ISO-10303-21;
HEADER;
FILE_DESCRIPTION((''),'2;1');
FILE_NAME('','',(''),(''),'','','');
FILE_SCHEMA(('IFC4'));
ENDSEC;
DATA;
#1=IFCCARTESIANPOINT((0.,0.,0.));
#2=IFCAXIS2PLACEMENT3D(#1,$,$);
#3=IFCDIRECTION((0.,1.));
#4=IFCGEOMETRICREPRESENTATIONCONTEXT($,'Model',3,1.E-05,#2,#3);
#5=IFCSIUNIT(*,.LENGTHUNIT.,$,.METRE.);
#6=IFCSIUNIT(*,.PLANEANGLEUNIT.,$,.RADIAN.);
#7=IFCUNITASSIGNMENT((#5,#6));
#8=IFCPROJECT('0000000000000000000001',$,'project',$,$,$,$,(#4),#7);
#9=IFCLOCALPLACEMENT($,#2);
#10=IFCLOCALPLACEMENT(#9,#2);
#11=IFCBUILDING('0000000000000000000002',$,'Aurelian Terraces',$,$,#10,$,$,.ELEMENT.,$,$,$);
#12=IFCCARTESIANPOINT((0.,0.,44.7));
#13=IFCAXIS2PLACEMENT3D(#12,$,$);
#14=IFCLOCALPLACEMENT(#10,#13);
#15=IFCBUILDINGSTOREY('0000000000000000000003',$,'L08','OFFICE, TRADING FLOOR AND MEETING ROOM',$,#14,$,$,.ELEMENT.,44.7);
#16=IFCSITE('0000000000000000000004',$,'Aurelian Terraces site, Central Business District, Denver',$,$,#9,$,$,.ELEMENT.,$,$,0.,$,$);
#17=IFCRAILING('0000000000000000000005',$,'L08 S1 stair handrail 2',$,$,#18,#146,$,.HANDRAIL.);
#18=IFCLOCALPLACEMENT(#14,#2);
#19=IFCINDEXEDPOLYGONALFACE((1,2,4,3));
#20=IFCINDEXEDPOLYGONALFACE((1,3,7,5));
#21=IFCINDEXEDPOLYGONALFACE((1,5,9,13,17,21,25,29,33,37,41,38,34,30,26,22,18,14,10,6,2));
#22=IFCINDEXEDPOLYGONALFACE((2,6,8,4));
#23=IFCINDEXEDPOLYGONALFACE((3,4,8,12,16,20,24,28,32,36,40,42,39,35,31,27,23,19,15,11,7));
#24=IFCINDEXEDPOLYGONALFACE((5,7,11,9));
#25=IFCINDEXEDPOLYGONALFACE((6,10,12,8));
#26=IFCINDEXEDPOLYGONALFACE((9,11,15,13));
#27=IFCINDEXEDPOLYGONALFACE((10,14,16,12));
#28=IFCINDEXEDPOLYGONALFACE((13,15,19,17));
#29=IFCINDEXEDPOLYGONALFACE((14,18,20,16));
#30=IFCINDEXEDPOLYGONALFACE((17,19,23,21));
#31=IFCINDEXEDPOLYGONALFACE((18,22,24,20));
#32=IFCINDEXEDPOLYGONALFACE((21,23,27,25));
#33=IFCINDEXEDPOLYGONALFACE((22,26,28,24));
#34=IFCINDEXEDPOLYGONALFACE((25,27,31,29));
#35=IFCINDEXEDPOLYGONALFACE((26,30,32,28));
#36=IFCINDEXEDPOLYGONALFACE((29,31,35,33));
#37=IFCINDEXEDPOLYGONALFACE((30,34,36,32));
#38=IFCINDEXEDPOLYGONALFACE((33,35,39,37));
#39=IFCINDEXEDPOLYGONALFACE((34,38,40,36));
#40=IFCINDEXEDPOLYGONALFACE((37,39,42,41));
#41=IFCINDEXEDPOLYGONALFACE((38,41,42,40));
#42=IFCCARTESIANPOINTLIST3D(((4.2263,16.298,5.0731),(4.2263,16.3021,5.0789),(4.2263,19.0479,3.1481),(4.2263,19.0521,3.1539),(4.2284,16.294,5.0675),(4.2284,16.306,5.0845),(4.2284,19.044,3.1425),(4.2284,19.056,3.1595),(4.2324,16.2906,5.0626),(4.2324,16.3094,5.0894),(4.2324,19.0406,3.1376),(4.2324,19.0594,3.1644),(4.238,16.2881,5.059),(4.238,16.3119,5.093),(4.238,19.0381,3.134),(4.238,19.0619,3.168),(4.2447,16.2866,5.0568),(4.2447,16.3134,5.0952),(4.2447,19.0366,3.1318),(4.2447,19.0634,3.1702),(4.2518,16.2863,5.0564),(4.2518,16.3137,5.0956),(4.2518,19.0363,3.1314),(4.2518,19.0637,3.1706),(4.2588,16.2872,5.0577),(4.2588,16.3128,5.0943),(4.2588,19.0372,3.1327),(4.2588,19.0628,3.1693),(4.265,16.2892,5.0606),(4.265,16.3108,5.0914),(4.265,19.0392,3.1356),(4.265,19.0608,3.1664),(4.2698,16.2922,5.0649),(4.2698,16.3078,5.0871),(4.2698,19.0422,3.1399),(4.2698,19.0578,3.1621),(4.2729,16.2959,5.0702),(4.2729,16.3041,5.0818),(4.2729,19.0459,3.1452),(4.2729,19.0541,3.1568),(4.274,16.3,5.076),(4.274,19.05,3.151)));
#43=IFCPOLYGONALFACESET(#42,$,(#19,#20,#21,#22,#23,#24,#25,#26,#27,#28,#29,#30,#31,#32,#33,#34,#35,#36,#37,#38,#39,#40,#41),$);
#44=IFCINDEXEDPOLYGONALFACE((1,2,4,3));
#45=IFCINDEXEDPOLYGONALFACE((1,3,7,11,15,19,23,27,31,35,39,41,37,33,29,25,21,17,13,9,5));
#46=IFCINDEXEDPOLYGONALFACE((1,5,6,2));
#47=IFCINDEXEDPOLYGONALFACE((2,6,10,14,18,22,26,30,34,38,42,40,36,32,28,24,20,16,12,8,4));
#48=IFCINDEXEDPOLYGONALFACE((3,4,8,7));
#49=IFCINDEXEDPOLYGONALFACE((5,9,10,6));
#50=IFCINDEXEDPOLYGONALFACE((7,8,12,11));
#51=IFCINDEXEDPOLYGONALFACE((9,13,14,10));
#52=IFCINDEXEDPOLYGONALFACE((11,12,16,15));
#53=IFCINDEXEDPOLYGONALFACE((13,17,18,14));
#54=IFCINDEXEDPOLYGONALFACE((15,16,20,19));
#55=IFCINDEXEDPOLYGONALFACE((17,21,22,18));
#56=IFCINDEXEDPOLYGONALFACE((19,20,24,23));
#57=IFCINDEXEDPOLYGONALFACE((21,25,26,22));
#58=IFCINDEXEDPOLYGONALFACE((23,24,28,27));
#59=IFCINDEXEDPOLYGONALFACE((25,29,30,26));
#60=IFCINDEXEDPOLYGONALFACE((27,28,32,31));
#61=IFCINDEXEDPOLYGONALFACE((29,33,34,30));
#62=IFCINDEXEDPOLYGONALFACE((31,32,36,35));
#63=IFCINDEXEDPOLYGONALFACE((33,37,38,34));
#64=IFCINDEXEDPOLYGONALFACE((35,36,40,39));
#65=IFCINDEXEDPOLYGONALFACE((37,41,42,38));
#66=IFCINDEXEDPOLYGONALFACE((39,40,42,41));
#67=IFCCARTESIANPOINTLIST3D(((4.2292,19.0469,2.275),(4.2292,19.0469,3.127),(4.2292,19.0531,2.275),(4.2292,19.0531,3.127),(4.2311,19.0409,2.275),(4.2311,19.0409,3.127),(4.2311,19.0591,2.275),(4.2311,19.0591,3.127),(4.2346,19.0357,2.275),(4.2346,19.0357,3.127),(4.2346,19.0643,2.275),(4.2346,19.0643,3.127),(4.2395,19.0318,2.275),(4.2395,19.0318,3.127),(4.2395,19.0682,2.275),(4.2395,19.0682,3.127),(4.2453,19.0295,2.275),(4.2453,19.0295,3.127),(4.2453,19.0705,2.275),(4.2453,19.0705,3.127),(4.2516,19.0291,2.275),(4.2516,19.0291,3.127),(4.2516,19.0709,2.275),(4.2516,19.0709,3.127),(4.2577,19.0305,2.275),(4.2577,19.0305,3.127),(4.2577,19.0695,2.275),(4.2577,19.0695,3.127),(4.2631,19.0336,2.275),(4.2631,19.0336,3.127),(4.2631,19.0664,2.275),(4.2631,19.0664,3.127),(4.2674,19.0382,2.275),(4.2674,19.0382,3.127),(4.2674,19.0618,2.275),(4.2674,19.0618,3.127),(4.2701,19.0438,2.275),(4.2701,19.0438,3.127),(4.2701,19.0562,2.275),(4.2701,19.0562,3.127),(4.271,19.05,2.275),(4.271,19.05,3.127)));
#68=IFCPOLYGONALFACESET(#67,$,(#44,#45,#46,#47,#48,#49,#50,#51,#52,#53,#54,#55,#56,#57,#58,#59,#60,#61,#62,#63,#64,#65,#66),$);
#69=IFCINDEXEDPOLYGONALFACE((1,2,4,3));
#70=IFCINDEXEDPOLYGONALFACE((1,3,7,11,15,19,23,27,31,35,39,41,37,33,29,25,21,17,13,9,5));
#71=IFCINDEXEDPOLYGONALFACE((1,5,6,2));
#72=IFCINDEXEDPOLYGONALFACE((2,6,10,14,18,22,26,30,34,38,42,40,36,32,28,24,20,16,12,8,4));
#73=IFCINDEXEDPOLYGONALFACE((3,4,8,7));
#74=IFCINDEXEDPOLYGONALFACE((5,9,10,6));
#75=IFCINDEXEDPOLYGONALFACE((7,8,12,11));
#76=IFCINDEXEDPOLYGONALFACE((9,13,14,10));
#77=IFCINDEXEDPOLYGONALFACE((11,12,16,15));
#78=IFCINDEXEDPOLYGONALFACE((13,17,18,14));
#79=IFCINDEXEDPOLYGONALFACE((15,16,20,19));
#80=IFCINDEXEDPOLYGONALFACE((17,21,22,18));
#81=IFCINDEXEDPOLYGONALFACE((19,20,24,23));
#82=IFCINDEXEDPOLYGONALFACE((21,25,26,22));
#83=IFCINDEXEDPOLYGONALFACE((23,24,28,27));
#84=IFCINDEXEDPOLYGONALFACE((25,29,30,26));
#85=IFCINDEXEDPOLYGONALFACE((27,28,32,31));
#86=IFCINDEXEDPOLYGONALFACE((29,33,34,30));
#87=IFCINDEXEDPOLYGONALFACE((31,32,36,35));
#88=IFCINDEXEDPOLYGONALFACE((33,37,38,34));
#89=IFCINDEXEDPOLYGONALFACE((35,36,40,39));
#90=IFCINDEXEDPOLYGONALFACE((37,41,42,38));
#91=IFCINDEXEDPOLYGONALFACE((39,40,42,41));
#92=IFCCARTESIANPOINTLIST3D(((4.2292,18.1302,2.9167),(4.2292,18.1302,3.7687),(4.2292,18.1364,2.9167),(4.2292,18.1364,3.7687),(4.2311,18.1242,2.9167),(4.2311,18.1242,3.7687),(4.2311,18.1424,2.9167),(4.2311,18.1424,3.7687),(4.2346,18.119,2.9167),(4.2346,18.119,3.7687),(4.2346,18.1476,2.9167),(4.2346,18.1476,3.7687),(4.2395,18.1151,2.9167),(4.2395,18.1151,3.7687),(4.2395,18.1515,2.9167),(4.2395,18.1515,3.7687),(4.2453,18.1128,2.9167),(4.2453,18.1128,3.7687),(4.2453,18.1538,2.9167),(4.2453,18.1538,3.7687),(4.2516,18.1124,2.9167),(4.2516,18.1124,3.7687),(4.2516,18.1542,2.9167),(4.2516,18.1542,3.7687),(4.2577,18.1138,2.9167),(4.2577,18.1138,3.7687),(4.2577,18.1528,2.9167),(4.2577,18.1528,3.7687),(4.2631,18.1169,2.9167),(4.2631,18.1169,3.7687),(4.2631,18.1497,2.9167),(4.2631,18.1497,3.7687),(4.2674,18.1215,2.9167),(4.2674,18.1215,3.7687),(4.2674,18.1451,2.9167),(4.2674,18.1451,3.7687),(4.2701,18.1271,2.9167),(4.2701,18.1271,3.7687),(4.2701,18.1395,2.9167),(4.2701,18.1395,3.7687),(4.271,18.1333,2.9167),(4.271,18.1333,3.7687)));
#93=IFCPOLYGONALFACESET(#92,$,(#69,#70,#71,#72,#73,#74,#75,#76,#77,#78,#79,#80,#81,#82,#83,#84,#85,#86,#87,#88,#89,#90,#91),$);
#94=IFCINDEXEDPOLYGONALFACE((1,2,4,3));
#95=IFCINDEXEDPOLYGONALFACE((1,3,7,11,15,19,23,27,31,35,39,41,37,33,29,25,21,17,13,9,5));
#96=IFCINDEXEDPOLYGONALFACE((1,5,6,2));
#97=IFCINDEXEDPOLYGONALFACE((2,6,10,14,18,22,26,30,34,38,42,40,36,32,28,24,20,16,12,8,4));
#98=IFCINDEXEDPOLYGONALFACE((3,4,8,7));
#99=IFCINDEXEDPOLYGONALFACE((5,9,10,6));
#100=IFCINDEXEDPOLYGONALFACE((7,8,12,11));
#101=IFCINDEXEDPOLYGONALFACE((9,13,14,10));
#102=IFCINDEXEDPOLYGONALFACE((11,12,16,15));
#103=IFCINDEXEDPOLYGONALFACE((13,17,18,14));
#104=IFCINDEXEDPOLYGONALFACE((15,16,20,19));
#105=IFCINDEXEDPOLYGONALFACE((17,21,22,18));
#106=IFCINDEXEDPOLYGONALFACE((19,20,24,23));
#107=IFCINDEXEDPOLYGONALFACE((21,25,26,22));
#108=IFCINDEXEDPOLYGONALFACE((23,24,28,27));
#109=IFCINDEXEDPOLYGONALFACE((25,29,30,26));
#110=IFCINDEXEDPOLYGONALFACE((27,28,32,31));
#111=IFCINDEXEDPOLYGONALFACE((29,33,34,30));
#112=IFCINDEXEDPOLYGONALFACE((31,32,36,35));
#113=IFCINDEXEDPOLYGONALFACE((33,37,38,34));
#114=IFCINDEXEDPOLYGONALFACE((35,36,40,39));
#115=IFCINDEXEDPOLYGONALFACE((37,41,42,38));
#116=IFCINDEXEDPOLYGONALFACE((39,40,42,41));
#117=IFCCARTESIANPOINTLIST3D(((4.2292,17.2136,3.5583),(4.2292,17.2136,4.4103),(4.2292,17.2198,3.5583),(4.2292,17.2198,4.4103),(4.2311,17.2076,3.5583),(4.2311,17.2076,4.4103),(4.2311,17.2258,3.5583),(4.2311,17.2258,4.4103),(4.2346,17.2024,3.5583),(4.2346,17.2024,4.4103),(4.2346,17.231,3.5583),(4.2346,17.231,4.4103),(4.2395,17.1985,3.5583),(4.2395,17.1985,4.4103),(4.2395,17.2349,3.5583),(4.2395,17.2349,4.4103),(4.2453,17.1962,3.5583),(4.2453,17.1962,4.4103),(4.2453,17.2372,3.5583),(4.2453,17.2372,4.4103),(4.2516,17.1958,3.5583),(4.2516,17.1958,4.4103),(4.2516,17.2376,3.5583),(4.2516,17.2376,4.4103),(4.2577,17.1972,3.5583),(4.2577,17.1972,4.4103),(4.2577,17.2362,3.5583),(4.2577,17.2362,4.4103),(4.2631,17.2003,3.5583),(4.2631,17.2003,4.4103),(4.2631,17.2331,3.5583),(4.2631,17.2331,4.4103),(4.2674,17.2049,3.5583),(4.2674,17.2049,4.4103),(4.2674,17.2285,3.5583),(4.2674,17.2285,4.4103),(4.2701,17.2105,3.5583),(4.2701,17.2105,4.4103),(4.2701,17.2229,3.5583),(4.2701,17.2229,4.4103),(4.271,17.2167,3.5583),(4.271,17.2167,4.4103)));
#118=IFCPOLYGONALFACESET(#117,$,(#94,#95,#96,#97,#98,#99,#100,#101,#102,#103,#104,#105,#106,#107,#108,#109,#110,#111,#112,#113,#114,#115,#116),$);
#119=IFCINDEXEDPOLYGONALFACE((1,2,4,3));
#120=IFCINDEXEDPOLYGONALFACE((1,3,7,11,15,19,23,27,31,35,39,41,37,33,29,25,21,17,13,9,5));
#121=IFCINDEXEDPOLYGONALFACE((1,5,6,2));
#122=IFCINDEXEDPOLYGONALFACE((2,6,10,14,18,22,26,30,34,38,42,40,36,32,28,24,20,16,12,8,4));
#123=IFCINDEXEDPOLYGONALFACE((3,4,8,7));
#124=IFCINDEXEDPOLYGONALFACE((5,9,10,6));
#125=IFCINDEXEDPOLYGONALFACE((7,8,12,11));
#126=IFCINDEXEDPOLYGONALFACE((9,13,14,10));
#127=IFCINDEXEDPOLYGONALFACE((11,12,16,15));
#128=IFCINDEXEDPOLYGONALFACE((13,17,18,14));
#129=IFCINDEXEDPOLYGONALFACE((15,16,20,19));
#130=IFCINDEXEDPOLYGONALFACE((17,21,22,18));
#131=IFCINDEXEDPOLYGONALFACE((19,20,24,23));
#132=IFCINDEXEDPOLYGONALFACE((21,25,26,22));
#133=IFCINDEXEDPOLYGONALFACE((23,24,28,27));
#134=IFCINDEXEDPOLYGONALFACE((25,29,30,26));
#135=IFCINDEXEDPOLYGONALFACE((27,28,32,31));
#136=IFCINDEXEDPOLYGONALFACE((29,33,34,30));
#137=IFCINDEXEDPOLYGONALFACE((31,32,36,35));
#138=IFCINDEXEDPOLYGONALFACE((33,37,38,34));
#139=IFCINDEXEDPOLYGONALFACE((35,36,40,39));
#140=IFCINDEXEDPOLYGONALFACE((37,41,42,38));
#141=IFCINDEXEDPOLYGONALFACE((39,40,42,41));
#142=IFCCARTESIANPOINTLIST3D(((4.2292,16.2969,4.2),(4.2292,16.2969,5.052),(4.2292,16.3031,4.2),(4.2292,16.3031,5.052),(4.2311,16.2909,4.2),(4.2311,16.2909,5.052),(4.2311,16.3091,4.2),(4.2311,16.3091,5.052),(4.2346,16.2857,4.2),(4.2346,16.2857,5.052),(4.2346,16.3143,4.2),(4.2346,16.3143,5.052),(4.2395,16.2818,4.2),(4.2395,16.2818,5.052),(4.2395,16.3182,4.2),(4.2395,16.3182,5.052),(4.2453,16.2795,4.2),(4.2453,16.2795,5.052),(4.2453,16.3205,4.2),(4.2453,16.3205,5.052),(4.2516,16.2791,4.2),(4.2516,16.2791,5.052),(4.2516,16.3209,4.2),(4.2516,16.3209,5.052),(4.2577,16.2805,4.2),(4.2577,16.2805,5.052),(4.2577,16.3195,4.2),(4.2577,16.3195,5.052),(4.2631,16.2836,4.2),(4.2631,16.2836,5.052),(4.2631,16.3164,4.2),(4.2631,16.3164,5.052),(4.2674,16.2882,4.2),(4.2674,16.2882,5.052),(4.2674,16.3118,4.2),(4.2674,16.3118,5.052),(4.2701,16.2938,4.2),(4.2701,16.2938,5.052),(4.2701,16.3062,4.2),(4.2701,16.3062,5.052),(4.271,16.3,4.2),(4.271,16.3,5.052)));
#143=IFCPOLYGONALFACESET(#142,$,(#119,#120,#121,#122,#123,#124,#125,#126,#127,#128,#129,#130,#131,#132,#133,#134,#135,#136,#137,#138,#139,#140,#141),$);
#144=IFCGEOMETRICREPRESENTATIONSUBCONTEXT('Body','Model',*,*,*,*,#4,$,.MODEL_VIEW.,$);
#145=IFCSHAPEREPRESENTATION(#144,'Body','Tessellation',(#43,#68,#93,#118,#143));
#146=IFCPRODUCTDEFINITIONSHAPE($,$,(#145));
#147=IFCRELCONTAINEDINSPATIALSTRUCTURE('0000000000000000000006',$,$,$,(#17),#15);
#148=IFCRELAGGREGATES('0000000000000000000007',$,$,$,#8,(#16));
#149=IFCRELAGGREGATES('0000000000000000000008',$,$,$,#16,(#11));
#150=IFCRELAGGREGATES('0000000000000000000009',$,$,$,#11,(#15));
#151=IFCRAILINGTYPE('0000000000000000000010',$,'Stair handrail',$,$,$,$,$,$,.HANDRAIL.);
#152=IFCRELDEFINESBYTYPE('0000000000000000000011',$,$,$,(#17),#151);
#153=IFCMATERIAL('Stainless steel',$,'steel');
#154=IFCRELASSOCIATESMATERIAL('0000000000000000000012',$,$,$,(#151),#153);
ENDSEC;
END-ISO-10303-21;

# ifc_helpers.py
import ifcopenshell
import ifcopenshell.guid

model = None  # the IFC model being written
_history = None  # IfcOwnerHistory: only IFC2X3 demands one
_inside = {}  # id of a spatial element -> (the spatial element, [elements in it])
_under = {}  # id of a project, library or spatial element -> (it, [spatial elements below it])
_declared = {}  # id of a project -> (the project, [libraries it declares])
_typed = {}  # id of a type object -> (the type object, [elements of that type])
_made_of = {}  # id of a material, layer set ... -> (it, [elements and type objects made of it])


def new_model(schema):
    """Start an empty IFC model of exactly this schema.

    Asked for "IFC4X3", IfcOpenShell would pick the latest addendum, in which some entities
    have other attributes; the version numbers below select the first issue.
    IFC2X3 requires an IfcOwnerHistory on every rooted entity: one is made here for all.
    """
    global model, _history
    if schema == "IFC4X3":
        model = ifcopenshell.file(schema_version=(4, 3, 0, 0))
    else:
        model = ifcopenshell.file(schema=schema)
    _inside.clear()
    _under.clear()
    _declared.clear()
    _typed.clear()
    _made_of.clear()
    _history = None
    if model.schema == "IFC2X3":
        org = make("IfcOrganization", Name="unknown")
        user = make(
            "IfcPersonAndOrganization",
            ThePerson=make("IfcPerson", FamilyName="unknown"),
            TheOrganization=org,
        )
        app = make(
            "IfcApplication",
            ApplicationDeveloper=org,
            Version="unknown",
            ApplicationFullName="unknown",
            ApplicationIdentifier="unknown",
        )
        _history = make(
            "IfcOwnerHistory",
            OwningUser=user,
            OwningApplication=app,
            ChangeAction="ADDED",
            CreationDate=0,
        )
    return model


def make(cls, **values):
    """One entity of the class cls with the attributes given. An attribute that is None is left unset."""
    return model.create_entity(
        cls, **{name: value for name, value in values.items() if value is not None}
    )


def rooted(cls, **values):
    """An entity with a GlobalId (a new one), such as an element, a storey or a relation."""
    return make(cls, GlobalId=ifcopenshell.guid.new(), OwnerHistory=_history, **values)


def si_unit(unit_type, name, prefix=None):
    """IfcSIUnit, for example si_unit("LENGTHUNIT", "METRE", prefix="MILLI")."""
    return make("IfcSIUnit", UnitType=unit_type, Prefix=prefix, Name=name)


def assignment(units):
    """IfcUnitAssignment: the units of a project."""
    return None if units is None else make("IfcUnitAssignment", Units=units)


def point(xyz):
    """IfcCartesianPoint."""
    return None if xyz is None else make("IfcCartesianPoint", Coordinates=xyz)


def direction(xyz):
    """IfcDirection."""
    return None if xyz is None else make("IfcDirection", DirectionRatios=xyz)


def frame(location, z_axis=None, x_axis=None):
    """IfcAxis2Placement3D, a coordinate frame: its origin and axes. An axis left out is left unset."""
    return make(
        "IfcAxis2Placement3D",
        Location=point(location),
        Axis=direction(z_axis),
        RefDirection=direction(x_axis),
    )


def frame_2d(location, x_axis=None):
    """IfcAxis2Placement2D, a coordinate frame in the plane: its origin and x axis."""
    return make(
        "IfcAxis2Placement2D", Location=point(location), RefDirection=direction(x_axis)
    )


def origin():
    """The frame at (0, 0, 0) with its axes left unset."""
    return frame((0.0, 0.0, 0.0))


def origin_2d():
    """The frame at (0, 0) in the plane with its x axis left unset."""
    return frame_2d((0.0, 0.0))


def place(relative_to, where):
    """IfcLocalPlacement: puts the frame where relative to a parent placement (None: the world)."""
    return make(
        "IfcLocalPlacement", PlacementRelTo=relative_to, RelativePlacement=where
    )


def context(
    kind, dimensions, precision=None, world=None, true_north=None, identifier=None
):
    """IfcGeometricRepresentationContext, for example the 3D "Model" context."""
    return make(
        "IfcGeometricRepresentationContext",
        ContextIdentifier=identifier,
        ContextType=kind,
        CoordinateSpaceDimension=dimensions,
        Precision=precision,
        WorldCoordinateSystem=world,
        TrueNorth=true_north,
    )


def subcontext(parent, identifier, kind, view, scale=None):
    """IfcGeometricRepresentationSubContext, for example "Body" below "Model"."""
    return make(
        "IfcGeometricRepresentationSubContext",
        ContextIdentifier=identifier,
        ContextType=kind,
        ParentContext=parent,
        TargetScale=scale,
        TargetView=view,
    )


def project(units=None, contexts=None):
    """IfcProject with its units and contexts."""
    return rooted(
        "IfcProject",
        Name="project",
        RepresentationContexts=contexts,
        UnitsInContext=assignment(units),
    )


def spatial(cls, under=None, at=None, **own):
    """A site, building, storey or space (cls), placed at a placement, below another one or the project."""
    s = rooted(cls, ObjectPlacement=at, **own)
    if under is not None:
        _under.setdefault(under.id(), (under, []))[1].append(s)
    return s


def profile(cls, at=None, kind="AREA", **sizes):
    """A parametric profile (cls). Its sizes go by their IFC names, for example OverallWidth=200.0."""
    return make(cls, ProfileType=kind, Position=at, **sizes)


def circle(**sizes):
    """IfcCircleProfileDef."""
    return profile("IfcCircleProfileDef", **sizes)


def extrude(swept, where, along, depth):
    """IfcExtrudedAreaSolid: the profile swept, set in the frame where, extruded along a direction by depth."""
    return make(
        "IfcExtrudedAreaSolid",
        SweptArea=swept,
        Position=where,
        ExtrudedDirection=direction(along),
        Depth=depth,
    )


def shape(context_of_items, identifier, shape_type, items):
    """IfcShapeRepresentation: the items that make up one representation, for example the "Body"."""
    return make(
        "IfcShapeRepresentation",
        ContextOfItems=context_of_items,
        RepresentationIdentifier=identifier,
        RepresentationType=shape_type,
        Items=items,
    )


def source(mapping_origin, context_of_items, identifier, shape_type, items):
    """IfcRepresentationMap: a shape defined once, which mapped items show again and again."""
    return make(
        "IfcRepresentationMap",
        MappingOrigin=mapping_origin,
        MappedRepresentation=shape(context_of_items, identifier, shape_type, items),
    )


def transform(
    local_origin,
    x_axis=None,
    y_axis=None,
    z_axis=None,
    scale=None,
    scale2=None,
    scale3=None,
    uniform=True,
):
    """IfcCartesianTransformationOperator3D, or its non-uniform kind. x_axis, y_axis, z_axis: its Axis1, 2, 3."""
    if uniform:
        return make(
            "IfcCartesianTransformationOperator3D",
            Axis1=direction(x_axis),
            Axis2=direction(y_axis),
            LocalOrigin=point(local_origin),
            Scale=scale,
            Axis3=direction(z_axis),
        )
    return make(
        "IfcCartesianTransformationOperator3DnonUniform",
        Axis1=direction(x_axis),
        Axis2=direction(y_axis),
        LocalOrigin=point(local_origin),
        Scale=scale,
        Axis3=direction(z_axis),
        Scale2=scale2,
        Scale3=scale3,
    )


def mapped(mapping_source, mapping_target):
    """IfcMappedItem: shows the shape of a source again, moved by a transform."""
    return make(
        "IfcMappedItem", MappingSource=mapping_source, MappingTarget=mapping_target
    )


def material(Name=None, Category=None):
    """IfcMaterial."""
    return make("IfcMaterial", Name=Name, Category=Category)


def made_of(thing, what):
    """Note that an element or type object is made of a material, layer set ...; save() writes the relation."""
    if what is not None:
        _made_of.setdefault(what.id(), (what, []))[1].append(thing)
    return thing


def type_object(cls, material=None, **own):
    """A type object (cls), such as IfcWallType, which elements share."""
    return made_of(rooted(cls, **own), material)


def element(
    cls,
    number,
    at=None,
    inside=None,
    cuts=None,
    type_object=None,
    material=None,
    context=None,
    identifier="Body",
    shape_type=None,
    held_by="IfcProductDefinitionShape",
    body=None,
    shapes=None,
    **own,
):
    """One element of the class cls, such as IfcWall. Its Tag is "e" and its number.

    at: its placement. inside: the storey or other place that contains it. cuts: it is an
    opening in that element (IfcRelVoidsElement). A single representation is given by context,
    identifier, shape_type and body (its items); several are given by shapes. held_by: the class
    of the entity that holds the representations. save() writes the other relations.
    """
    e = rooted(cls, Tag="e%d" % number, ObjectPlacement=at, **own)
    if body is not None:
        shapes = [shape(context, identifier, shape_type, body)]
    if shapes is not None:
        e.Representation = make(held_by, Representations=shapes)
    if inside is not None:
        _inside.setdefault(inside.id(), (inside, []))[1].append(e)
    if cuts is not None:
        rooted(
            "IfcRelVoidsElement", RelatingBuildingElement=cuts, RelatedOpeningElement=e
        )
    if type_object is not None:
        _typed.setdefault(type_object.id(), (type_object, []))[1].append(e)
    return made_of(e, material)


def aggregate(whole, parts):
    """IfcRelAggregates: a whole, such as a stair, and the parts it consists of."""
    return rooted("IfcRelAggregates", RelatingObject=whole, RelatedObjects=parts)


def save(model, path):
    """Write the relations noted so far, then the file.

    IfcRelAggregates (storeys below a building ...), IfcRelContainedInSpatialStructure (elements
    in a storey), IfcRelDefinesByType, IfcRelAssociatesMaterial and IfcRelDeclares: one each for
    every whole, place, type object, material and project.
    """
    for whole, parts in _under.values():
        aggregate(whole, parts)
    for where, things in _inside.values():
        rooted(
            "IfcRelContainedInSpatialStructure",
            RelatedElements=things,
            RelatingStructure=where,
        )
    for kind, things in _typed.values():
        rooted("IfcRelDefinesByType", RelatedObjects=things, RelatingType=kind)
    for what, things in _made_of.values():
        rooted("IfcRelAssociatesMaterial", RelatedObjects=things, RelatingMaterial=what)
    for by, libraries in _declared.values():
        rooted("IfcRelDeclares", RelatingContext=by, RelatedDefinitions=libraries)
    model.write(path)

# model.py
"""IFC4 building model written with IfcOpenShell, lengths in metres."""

from ifc_helpers import new_model, si_unit, direction, frame, origin, origin_2d, place, context, subcontext, project, spatial, circle, extrude, source, transform, mapped, material, type_object, element, save


model = new_model("IFC4")

# Units and contexts
model_context = context("Model", 3, precision=1e-05, world=origin(), true_north=direction((0.0, 1.0)))
body_context = subcontext(model_context, "Body", "Model", "MODEL_VIEW")
ifc_project = project(units=[si_unit("LENGTHUNIT", "METRE"), si_unit("PLANEANGLEUNIT", "RADIAN")], contexts=[model_context])

# Site, building, storey
site_placement = place(None, origin())
site = spatial("IfcSite", under=ifc_project, at=site_placement, Name="Aurelian Terraces site, Central Business District, Denver", CompositionType="ELEMENT", RefElevation=0.0)
building_placement = place(site_placement, origin())
building = spatial("IfcBuilding", under=site, at=building_placement, Name="Aurelian Terraces", CompositionType="ELEMENT")
storey_placement = place(building_placement, frame((0.0, 0.0, 44.7)))
storey = spatial("IfcBuildingStorey", under=building, at=storey_placement, Name="L08", Description="OFFICE, TRADING FLOOR AND MEETING ROOM", CompositionType="ELEMENT", Elevation=44.7)

# Shared definitions
ifc_material_1 = material(Name="Stainless steel", Category="steel")

# Railing
railing_type = type_object("IfcRailingType", Name="Stair handrail", PredefinedType="HANDRAIL", material=ifc_material_1)
shared_shape_1 = source(origin(), body_context, "Body", "SweptSolid", [
    extrude(circle(Radius=0.024, at=origin_2d()), frame((0.0, 0.0, 0.876), z_axis=(0.0, -0.819232, 0.573462), x_axis=(1.0, 0.0, 0.0)), (0.0, 0.0, 1.0), 3.3568),
    extrude(circle(Radius=0.021, at=origin_2d()), origin(), (0.0, 0.0, 1.0), 0.852),
    extrude(circle(Radius=0.021, at=origin_2d()), frame((0.0, -0.9167, 0.6417)), (0.0, 0.0, 1.0), 0.852),
    extrude(circle(Radius=0.021, at=origin_2d()), frame((0.0, -1.8333, 1.2833)), (0.0, 0.0, 1.0), 0.852),
    extrude(circle(Radius=0.021, at=origin_2d()), frame((0.0, -2.75, 1.925)), (0.0, 0.0, 1.0), 0.852),
])
railing_placement = place(storey_placement, frame((4.25, 19.05, 2.275)))
element("IfcRailing", 1, at=railing_placement, inside=storey, type_object=railing_type, Name="L08 S1 stair handrail 2", PredefinedType="HANDRAIL", context=body_context, shape_type="MappedRepresentation", body=[
    mapped(shared_shape_1, transform((0.0, 0.0, 0.0), scale=1.0)),
])

save(model, "model.ifc")
